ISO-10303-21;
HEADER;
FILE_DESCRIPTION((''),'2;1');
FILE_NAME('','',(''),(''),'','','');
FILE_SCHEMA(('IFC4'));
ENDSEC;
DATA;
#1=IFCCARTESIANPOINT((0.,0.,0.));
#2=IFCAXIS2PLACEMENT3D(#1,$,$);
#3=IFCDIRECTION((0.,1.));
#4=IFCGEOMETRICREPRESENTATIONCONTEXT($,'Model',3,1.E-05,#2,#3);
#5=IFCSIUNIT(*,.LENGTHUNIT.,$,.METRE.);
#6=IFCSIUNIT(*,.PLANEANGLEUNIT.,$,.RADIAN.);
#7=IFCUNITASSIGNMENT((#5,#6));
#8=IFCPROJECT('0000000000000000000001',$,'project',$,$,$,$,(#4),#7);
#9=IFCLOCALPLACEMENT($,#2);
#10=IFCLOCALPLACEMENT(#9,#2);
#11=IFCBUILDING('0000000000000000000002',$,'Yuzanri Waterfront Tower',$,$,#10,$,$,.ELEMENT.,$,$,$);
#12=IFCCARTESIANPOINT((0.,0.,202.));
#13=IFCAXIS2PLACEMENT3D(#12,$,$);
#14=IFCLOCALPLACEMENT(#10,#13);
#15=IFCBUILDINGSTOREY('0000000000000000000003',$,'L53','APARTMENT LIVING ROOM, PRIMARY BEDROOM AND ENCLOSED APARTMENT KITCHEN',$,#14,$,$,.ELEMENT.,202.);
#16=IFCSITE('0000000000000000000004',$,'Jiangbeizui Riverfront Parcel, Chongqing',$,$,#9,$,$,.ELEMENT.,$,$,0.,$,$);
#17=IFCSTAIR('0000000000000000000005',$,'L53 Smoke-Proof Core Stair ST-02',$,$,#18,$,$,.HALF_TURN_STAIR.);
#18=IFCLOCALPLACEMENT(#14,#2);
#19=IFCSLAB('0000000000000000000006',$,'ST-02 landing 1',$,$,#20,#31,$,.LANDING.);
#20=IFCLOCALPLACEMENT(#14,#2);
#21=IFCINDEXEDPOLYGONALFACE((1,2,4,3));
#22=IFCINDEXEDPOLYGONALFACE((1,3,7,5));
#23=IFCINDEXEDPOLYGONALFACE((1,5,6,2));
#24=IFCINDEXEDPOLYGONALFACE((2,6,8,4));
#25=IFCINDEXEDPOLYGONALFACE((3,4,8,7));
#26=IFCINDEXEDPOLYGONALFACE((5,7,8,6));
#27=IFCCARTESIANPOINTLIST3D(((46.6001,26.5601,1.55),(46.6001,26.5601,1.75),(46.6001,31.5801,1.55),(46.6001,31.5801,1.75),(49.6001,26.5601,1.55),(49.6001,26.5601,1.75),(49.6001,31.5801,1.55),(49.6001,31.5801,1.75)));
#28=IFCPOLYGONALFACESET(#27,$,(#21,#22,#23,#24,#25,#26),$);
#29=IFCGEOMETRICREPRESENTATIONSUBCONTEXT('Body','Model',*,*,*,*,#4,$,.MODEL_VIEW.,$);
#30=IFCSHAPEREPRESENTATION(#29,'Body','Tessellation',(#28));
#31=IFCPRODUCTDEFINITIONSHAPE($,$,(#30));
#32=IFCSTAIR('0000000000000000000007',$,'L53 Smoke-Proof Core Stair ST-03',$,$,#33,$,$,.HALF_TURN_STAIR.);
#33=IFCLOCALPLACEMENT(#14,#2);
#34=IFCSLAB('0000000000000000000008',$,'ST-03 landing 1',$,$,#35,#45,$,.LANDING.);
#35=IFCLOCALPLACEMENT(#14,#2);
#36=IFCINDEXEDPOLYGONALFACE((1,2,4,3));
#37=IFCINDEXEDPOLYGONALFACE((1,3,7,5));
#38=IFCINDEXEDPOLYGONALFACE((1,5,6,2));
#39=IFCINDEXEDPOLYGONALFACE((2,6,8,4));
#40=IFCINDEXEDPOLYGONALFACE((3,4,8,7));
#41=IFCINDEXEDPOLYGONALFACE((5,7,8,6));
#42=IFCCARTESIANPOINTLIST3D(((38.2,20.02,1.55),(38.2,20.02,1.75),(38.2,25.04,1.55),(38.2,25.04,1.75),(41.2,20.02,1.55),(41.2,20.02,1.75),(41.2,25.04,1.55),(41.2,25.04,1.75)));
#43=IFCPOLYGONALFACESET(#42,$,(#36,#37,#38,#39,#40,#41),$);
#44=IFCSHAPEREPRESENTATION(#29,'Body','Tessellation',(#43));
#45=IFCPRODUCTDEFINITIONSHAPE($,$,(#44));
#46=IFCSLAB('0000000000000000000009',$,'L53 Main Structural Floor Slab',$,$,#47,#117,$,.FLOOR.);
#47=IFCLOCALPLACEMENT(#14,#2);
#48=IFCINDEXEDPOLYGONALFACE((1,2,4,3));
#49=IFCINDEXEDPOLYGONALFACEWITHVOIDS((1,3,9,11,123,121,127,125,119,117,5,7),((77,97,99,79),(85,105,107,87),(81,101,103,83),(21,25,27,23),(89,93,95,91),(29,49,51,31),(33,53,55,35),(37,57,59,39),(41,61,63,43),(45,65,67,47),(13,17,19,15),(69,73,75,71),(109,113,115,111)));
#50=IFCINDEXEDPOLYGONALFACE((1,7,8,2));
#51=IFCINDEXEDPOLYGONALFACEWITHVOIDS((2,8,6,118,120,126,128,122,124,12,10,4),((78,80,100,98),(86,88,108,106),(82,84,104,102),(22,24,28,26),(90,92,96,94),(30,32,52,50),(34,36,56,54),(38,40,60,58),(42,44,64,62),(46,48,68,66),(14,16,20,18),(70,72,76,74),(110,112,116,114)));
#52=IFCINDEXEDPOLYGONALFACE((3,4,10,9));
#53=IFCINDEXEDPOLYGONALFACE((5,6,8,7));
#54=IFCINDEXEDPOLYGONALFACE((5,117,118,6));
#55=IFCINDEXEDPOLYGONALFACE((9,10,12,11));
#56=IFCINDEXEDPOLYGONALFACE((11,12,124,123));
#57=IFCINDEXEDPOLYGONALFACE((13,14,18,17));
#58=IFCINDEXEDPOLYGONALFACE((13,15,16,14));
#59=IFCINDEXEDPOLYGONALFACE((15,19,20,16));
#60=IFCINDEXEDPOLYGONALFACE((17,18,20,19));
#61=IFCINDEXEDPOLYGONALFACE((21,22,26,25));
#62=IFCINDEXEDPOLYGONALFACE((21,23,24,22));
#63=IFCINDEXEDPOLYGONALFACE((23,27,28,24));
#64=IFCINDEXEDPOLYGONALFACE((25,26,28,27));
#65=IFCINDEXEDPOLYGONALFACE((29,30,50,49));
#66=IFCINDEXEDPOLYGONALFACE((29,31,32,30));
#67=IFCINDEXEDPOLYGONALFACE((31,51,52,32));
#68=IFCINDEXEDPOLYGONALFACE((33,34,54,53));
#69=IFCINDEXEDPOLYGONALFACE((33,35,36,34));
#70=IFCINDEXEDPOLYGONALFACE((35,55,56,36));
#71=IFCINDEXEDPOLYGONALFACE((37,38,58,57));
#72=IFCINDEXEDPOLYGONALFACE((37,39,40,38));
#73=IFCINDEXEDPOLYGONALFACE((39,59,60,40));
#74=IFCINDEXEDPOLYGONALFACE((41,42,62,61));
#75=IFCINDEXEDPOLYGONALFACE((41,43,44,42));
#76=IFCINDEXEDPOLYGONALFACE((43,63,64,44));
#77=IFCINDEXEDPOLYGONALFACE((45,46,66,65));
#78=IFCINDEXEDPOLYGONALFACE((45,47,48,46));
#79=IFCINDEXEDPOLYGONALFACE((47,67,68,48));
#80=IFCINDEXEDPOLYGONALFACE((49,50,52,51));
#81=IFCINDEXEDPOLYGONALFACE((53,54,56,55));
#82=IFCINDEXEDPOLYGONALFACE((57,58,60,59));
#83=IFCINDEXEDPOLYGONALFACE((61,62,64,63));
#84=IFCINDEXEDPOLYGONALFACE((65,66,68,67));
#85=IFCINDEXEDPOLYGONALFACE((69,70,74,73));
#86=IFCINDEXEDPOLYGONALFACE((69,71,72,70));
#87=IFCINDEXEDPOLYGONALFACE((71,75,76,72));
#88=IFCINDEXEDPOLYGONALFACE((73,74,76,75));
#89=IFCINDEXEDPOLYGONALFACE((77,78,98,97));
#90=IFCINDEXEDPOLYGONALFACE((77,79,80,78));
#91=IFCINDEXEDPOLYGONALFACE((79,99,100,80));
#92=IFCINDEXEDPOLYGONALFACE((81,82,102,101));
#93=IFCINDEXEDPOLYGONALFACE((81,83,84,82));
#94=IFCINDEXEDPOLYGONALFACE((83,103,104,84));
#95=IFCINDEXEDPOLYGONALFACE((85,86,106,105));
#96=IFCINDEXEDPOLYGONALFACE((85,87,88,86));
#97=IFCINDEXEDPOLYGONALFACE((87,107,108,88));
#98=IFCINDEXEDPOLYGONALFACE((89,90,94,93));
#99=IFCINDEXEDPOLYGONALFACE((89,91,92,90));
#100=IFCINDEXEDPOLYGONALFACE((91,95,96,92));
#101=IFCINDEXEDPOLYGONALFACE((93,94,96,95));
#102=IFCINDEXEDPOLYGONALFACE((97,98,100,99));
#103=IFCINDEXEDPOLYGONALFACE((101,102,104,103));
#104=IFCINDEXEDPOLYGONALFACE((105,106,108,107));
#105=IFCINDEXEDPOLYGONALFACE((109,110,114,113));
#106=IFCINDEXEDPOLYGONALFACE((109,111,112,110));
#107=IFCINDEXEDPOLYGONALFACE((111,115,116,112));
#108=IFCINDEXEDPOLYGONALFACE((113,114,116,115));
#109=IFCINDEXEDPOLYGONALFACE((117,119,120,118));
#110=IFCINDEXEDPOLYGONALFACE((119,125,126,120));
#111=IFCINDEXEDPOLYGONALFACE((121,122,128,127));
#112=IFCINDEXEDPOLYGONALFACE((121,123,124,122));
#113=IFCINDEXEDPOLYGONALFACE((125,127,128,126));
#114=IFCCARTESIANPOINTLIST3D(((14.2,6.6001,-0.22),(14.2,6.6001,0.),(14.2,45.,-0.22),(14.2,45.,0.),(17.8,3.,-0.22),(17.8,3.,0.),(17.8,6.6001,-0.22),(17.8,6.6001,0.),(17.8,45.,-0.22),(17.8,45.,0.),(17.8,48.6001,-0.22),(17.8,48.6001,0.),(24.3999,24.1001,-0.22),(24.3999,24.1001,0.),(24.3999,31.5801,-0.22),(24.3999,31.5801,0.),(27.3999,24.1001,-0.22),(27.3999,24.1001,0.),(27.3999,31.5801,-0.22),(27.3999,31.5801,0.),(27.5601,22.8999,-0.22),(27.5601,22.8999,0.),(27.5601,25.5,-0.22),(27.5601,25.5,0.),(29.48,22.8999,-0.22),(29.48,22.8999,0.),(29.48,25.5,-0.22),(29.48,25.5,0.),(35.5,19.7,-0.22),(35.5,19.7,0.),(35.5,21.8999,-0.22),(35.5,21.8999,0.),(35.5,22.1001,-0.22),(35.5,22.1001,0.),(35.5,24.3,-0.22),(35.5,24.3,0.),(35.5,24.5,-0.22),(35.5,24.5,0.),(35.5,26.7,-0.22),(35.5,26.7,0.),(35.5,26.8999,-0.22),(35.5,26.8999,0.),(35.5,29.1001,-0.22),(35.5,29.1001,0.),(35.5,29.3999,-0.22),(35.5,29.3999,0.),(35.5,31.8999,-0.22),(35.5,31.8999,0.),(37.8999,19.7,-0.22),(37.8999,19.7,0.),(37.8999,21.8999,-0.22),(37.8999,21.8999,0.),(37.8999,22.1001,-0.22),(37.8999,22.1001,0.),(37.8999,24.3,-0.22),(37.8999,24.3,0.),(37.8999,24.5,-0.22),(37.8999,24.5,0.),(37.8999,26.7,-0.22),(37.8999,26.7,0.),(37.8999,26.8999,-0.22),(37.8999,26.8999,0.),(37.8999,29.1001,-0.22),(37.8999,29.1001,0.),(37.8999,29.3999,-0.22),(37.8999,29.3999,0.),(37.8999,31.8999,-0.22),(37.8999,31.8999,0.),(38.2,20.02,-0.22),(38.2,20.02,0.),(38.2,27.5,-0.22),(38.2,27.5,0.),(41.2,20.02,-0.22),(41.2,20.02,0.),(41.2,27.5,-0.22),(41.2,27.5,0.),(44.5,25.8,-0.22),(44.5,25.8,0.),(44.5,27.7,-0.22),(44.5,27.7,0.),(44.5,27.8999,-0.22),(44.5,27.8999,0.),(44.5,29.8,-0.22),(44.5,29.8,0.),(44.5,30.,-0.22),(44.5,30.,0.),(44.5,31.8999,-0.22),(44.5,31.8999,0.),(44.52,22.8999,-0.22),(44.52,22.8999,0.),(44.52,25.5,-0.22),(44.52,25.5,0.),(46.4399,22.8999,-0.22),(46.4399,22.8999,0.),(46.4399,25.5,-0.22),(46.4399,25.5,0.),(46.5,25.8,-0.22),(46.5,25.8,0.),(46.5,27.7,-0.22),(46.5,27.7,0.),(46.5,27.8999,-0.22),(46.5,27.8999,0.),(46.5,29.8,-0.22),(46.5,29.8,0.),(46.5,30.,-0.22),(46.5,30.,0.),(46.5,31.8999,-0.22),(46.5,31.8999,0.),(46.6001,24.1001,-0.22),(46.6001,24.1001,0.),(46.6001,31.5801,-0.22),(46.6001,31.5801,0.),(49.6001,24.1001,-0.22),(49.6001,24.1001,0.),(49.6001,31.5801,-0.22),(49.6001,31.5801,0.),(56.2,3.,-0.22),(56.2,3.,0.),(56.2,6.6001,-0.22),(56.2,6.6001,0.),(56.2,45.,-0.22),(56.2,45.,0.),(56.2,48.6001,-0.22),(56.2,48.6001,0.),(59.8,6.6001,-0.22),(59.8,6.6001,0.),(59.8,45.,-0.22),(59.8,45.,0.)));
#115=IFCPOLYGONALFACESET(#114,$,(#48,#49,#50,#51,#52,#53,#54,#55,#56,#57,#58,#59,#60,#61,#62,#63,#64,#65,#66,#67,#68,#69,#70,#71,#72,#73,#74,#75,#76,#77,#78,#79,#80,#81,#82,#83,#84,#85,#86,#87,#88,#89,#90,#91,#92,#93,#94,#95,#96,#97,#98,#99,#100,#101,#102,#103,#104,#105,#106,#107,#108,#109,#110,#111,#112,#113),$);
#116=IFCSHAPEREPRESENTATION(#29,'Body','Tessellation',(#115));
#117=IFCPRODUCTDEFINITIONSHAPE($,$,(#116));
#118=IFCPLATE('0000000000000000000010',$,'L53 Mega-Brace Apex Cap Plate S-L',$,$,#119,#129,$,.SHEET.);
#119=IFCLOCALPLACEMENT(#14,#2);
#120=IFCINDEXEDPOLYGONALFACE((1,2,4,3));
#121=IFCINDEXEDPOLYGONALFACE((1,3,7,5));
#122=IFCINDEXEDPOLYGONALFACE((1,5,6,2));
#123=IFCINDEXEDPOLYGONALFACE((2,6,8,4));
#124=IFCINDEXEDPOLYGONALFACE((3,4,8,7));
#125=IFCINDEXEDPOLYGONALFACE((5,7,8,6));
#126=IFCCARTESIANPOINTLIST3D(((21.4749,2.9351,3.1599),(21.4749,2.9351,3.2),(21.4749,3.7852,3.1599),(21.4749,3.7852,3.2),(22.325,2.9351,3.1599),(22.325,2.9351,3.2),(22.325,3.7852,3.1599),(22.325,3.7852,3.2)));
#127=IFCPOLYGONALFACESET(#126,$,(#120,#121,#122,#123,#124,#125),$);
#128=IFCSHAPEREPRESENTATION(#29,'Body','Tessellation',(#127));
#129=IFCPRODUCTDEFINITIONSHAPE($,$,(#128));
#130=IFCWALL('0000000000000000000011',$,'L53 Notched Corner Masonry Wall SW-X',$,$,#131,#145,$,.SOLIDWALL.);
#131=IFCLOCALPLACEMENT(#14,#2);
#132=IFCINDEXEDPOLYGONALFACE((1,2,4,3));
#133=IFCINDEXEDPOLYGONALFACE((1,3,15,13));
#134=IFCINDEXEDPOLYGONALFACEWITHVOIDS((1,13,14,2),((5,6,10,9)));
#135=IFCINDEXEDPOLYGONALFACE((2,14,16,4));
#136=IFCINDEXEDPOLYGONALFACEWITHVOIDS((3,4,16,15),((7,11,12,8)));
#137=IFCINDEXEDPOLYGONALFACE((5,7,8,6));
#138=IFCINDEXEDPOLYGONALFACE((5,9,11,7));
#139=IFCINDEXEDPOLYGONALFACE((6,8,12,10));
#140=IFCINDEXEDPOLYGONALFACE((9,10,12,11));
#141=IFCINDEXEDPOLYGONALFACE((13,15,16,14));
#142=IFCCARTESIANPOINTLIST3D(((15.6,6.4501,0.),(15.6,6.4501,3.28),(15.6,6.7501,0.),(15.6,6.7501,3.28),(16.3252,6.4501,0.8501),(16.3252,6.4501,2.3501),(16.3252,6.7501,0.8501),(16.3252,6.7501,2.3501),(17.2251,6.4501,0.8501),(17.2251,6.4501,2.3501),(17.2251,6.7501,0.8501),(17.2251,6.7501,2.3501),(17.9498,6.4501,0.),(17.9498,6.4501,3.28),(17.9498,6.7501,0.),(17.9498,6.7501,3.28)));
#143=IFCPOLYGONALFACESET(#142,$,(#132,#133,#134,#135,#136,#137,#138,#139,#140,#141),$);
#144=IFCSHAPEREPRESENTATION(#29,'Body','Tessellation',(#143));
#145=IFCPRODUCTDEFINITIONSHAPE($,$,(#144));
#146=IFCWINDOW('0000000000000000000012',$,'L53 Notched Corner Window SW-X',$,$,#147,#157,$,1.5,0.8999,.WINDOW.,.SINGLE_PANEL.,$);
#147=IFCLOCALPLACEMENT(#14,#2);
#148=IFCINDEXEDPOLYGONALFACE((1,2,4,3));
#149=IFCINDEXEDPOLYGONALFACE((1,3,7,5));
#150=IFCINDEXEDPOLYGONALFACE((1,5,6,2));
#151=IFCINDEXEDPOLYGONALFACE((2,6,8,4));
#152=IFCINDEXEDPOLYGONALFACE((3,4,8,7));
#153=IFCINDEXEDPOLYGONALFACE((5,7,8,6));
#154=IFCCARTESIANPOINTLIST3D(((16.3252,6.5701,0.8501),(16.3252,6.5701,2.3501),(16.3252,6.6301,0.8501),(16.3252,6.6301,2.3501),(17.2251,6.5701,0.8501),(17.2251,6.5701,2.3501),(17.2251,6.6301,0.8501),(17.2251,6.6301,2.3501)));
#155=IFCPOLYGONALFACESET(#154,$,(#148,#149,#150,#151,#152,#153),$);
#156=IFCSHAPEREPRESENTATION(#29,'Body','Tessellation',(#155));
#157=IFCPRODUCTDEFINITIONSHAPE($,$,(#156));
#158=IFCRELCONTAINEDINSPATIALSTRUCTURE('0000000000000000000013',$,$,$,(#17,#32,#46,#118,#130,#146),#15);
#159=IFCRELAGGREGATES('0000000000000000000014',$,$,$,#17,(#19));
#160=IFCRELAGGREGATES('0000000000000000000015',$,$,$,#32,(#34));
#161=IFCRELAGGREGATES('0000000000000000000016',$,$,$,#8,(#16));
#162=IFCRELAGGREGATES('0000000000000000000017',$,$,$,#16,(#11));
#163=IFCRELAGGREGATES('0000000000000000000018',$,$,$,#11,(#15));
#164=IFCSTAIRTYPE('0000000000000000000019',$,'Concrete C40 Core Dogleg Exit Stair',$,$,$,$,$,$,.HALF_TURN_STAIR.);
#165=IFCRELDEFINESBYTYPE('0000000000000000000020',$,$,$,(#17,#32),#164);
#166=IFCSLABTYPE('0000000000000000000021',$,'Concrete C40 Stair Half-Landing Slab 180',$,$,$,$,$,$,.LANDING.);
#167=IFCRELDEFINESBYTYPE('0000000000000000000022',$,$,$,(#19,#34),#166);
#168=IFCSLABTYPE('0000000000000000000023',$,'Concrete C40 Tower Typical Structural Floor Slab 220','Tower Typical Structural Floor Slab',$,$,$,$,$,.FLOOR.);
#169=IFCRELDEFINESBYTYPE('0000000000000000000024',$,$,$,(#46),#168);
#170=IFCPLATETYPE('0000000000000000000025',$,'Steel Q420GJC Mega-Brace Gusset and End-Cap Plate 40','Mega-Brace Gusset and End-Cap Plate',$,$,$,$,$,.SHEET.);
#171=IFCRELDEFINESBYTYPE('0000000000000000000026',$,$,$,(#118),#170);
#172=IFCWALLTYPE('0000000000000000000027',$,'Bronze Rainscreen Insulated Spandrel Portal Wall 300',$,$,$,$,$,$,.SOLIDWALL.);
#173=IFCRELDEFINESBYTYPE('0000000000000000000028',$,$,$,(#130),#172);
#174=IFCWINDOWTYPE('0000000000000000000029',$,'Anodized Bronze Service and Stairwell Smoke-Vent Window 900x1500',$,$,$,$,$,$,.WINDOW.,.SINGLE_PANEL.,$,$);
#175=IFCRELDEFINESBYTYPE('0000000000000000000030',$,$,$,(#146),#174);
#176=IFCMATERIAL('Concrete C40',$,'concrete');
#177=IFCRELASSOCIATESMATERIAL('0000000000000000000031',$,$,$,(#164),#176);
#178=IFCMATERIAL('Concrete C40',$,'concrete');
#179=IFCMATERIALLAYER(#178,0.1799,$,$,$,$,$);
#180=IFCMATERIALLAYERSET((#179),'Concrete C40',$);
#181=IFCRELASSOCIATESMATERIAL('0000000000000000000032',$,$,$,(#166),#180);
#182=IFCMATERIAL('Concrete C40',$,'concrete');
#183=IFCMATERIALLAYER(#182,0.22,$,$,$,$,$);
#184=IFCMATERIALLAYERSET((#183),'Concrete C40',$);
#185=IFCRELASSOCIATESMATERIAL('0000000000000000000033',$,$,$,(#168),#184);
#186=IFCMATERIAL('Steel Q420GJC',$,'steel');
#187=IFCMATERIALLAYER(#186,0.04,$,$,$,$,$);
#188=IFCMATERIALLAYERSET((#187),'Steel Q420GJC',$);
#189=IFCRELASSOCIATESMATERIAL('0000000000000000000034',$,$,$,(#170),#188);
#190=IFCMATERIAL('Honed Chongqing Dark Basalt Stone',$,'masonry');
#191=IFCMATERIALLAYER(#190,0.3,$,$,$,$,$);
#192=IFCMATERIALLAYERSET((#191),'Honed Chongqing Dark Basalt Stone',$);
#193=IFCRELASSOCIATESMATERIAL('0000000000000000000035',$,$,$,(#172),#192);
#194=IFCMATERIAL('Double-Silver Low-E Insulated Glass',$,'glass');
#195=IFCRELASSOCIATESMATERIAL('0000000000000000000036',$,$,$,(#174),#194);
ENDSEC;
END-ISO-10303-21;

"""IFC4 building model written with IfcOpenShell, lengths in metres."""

from ifc_helpers import new_model, si_unit, direction, frame, frame_2d, origin, origin_2d, place, context, subcontext, project, spatial, polyline, rectangle, outline, extrude, source, transform, mapped, material, layer, layer_set, type_object, element, fill, aggregate, save


model = new_model("IFC4")

# Units and contexts
model_context = context("Model", 3, precision=1e-05, world=origin(), true_north=direction((0.0, 1.0)))
body_context = subcontext(model_context, "Body", "Model", "MODEL_VIEW")
ifc_project = project(units=[si_unit("LENGTHUNIT", "METRE"), si_unit("PLANEANGLEUNIT", "RADIAN")], contexts=[model_context])

# Site, building, storey
site_placement = place(None, origin())
site = spatial("IfcSite", under=ifc_project, at=site_placement, Name="Jiangbeizui Riverfront Parcel, Chongqing", CompositionType="ELEMENT", RefElevation=0.0)
building_placement = place(site_placement, origin())
building = spatial("IfcBuilding", under=site, at=building_placement, Name="Yuzanri Waterfront Tower", CompositionType="ELEMENT")
storey_placement = place(building_placement, frame((0.0, 0.0, 202.0)))
storey = spatial("IfcBuildingStorey", under=building, at=storey_placement, Name="L53", Description="APARTMENT LIVING ROOM, PRIMARY BEDROOM AND ENCLOSED APARTMENT KITCHEN", CompositionType="ELEMENT", Elevation=202.0)

# Stairs, slabs
ifc_material_1 = material(Name="Concrete C40", Category="concrete")
stair_type = type_object("IfcStairType", Name="Concrete C40 Core Dogleg Exit Stair", PredefinedType="HALF_TURN_STAIR", material=ifc_material_1)
ifc_material_2 = material(Name="Concrete C40", Category="concrete")
ifc_layer_1 = layer(ifc_material_2, 0.1799)
ifc_layer_set_1 = layer_set([ifc_layer_1], Name="Concrete C40")
slab_type_1 = type_object("IfcSlabType", Name="Concrete C40 Stair Half-Landing Slab 180", PredefinedType="LANDING", material=ifc_layer_set_1)
stair_1_placement = place(storey_placement, origin())
stair_1 = element("IfcStair", 1, at=stair_1_placement, inside=storey, type_object=stair_type, Name="L53 Smoke-Proof Core Stair ST-02", PredefinedType="HALF_TURN_STAIR")
slab_1_placement = place(storey_placement, frame((0.0, 0.0, 1.55)))
slab_1 = element("IfcSlab", 2, at=slab_1_placement, type_object=slab_type_1, Name="ST-02 landing 1", PredefinedType="LANDING", context=body_context, shape_type="SweptSolid", body=[
    extrude(outline(polyline([(49.6001, 26.5601), (49.6001, 31.5801), (46.6001, 31.5801), (46.6001, 26.5601), (49.6001, 26.5601)])), origin(), (0.0, 0.0, 1.0), 0.2),
])
aggregate(stair_1, [slab_1])
stair_2_placement = place(storey_placement, origin())
stair_2 = element("IfcStair", 3, at=stair_2_placement, inside=storey, type_object=stair_type, Name="L53 Smoke-Proof Core Stair ST-03", PredefinedType="HALF_TURN_STAIR")
slab_2_placement = place(storey_placement, frame((0.0, 0.0, 1.55)))
slab_2 = element("IfcSlab", 4, at=slab_2_placement, type_object=slab_type_1, Name="ST-03 landing 1", PredefinedType="LANDING", context=body_context, shape_type="SweptSolid", body=[
    extrude(outline(polyline([(38.2, 25.04), (38.2, 20.02), (41.2, 20.02), (41.2, 25.04), (38.2, 25.04)])), origin(), (0.0, 0.0, 1.0), 0.2),
])
aggregate(stair_2, [slab_2])

# Slab
ifc_material_3 = material(Name="Concrete C40", Category="concrete")
ifc_layer_2 = layer(ifc_material_3, 0.22)
ifc_layer_set_2 = layer_set([ifc_layer_2], Name="Concrete C40")
slab_type_2 = type_object("IfcSlabType", Name="Concrete C40 Tower Typical Structural Floor Slab 220", Description="Tower Typical Structural Floor Slab", PredefinedType="FLOOR", material=ifc_layer_set_2)
slab_3_placement = place(storey_placement, frame((0.0, 0.0, -0.22)))
element("IfcSlab", 5, at=slab_3_placement, inside=storey, type_object=slab_type_2, Name="L53 Main Structural Floor Slab", PredefinedType="FLOOR", context=body_context, shape_type="SweptSolid", body=[
    extrude(outline(polyline([(17.8, 3.0), (56.2, 3.0), (56.2, 6.6001), (59.8, 6.6001), (59.8, 45.0), (56.2, 45.0), (56.2, 48.6001), (17.8, 48.6001), (17.8, 45.0), (14.2, 45.0), (14.2, 6.6001), (17.8, 6.6001), (17.8, 3.0)]), holes=[polyline([(27.3999, 24.1001), (27.3999, 31.5801), (24.3999, 31.5801), (24.3999, 24.1001), (27.3999, 24.1001)]), polyline([(49.6001, 24.1001), (49.6001, 31.5801), (46.6001, 31.5801), (46.6001, 24.1001), (49.6001, 24.1001)]), polyline([(38.2, 27.5), (38.2, 20.02), (41.2, 20.02), (41.2, 27.5), (38.2, 27.5)]), polyline([(27.5601, 22.8999), (29.48, 22.8999), (29.48, 25.5), (27.5601, 25.5), (27.5601, 22.8999)]), polyline([(44.52, 22.8999), (46.4399, 22.8999), (46.4399, 25.5), (44.52, 25.5), (44.52, 22.8999)]), polyline([(35.5, 19.7), (37.8999, 19.7), (37.8999, 21.8999), (35.5, 21.8999), (35.5, 19.7)]), polyline([(35.5, 22.1001), (37.8999, 22.1001), (37.8999, 24.3), (35.5, 24.3), (35.5, 22.1001)]), polyline([(35.5, 24.5), (37.8999, 24.5), (37.8999, 26.7), (35.5, 26.7), (35.5, 24.5)]), polyline([(35.5, 26.8999), (37.8999, 26.8999), (37.8999, 29.1001), (35.5, 29.1001), (35.5, 26.8999)]), polyline([(35.5, 29.3999), (37.8999, 29.3999), (37.8999, 31.8999), (35.5, 31.8999), (35.5, 29.3999)]), polyline([(44.5, 25.8), (46.5, 25.8), (46.5, 27.7), (44.5, 27.7), (44.5, 25.8)]), polyline([(44.5, 27.8999), (46.5, 27.8999), (46.5, 29.8), (44.5, 29.8), (44.5, 27.8999)]), polyline([(44.5, 30.0), (46.5, 30.0), (46.5, 31.8999), (44.5, 31.8999), (44.5, 30.0)])]), origin(), (0.0, 0.0, 1.0), 0.22),
])

# Plate
ifc_material_4 = material(Name="Steel Q420GJC", Category="steel")
ifc_layer_3 = layer(ifc_material_4, 0.04)
ifc_layer_set_3 = layer_set([ifc_layer_3], Name="Steel Q420GJC")
plate_type = type_object("IfcPlateType", Name="Steel Q420GJC Mega-Brace Gusset and End-Cap Plate 40", Description="Mega-Brace Gusset and End-Cap Plate", PredefinedType="SHEET", material=ifc_layer_set_3)
shared_shape_1 = source(origin(), body_context, "Body", "SweptSolid", [
    extrude(rectangle(XDim=0.8501, YDim=0.8501, at=origin_2d()), origin(), (0.0, 0.0, 1.0), 0.04),
])
plate_placement = place(storey_placement, frame((21.8999, 3.3601, 3.1599), z_axis=(0.0, 0.0, 1.0), x_axis=(1.0, 0.0, 0.0)))
element("IfcPlate", 6, at=plate_placement, inside=storey, type_object=plate_type, Name="L53 Mega-Brace Apex Cap Plate S-L", PredefinedType="SHEET", context=body_context, shape_type="MappedRepresentation", body=[
    mapped(shared_shape_1, transform((0.0, 0.0, 0.0), scale=1.0)),
])

# Wall, opening, window
ifc_material_5 = material(Name="Honed Chongqing Dark Basalt Stone", Category="masonry")
ifc_layer_4 = layer(ifc_material_5, 0.3)
ifc_layer_set_4 = layer_set([ifc_layer_4], Name="Honed Chongqing Dark Basalt Stone")
wall_type_1 = type_object("IfcWallType", Name="Bronze Rainscreen Insulated Spandrel Portal Wall 300", PredefinedType="SOLIDWALL", material=ifc_layer_set_4)
wall_1_placement = place(storey_placement, frame((15.6001, 6.6001, 0.0), z_axis=(0.0, 0.0, 1.0), x_axis=(1.0, 0.0, 0.0)))
wall_1 = element("IfcWall", 7, at=wall_1_placement, inside=storey, type_object=wall_type_1, Name="L53 Notched Corner Masonry Wall SW-X", PredefinedType="SOLIDWALL", context=body_context, shape_type="SweptSolid", body=[
    extrude(rectangle(XDim=2.3499, YDim=0.3, at=frame_2d((1.1748, 0.0))), origin(), (0.0, 0.0, 1.0), 3.28),
])
opening_1_placement = place(wall_1_placement, frame((0.7251, 0.0, 0.8501)))
opening_1 = element("IfcOpeningElement", 8, at=opening_1_placement, cuts=wall_1, PredefinedType="OPENING", context=body_context, shape_type="SweptSolid", body=[
    extrude(rectangle(XDim=0.8999, YDim=1.5, at=frame_2d((0.45, 0.75))), frame((0.0, 0.165, 0.0), z_axis=(0.0, -1.0, 0.0), x_axis=(1.0, 0.0, 0.0)), (0.0, 0.0, 1.0), 0.3298),
])
ifc_material_6 = material(Name="Double-Silver Low-E Insulated Glass", Category="glass")
window_type_1 = type_object("IfcWindowType", Name="Anodized Bronze Service and Stairwell Smoke-Vent Window 900x1500", PartitioningType="SINGLE_PANEL", PredefinedType="WINDOW", material=ifc_material_6)
shared_shape_2 = source(origin(), body_context, "Body", "SweptSolid", [
    extrude(rectangle(XDim=0.8999, YDim=1.5, at=frame_2d((0.45, 0.75))), frame((0.0, 0.03, 0.0), z_axis=(0.0, -1.0, 0.0), x_axis=(1.0, 0.0, 0.0)), (0.0, 0.0, 1.0), 0.0601),
])
window_1_placement = place(opening_1_placement, origin())
window_1 = element("IfcWindow", 9, at=window_1_placement, inside=storey, type_object=window_type_1, Name="L53 Notched Corner Window SW-X", OverallHeight=1.5, OverallWidth=0.8999, PartitioningType="SINGLE_PANEL", PredefinedType="WINDOW", context=body_context, shape_type="MappedRepresentation", body=[
    mapped(shared_shape_2, transform((0.0, 0.0, 0.0), scale=1.0)),
])
fill(opening_1, window_1)

save(model, "model.ifc")
